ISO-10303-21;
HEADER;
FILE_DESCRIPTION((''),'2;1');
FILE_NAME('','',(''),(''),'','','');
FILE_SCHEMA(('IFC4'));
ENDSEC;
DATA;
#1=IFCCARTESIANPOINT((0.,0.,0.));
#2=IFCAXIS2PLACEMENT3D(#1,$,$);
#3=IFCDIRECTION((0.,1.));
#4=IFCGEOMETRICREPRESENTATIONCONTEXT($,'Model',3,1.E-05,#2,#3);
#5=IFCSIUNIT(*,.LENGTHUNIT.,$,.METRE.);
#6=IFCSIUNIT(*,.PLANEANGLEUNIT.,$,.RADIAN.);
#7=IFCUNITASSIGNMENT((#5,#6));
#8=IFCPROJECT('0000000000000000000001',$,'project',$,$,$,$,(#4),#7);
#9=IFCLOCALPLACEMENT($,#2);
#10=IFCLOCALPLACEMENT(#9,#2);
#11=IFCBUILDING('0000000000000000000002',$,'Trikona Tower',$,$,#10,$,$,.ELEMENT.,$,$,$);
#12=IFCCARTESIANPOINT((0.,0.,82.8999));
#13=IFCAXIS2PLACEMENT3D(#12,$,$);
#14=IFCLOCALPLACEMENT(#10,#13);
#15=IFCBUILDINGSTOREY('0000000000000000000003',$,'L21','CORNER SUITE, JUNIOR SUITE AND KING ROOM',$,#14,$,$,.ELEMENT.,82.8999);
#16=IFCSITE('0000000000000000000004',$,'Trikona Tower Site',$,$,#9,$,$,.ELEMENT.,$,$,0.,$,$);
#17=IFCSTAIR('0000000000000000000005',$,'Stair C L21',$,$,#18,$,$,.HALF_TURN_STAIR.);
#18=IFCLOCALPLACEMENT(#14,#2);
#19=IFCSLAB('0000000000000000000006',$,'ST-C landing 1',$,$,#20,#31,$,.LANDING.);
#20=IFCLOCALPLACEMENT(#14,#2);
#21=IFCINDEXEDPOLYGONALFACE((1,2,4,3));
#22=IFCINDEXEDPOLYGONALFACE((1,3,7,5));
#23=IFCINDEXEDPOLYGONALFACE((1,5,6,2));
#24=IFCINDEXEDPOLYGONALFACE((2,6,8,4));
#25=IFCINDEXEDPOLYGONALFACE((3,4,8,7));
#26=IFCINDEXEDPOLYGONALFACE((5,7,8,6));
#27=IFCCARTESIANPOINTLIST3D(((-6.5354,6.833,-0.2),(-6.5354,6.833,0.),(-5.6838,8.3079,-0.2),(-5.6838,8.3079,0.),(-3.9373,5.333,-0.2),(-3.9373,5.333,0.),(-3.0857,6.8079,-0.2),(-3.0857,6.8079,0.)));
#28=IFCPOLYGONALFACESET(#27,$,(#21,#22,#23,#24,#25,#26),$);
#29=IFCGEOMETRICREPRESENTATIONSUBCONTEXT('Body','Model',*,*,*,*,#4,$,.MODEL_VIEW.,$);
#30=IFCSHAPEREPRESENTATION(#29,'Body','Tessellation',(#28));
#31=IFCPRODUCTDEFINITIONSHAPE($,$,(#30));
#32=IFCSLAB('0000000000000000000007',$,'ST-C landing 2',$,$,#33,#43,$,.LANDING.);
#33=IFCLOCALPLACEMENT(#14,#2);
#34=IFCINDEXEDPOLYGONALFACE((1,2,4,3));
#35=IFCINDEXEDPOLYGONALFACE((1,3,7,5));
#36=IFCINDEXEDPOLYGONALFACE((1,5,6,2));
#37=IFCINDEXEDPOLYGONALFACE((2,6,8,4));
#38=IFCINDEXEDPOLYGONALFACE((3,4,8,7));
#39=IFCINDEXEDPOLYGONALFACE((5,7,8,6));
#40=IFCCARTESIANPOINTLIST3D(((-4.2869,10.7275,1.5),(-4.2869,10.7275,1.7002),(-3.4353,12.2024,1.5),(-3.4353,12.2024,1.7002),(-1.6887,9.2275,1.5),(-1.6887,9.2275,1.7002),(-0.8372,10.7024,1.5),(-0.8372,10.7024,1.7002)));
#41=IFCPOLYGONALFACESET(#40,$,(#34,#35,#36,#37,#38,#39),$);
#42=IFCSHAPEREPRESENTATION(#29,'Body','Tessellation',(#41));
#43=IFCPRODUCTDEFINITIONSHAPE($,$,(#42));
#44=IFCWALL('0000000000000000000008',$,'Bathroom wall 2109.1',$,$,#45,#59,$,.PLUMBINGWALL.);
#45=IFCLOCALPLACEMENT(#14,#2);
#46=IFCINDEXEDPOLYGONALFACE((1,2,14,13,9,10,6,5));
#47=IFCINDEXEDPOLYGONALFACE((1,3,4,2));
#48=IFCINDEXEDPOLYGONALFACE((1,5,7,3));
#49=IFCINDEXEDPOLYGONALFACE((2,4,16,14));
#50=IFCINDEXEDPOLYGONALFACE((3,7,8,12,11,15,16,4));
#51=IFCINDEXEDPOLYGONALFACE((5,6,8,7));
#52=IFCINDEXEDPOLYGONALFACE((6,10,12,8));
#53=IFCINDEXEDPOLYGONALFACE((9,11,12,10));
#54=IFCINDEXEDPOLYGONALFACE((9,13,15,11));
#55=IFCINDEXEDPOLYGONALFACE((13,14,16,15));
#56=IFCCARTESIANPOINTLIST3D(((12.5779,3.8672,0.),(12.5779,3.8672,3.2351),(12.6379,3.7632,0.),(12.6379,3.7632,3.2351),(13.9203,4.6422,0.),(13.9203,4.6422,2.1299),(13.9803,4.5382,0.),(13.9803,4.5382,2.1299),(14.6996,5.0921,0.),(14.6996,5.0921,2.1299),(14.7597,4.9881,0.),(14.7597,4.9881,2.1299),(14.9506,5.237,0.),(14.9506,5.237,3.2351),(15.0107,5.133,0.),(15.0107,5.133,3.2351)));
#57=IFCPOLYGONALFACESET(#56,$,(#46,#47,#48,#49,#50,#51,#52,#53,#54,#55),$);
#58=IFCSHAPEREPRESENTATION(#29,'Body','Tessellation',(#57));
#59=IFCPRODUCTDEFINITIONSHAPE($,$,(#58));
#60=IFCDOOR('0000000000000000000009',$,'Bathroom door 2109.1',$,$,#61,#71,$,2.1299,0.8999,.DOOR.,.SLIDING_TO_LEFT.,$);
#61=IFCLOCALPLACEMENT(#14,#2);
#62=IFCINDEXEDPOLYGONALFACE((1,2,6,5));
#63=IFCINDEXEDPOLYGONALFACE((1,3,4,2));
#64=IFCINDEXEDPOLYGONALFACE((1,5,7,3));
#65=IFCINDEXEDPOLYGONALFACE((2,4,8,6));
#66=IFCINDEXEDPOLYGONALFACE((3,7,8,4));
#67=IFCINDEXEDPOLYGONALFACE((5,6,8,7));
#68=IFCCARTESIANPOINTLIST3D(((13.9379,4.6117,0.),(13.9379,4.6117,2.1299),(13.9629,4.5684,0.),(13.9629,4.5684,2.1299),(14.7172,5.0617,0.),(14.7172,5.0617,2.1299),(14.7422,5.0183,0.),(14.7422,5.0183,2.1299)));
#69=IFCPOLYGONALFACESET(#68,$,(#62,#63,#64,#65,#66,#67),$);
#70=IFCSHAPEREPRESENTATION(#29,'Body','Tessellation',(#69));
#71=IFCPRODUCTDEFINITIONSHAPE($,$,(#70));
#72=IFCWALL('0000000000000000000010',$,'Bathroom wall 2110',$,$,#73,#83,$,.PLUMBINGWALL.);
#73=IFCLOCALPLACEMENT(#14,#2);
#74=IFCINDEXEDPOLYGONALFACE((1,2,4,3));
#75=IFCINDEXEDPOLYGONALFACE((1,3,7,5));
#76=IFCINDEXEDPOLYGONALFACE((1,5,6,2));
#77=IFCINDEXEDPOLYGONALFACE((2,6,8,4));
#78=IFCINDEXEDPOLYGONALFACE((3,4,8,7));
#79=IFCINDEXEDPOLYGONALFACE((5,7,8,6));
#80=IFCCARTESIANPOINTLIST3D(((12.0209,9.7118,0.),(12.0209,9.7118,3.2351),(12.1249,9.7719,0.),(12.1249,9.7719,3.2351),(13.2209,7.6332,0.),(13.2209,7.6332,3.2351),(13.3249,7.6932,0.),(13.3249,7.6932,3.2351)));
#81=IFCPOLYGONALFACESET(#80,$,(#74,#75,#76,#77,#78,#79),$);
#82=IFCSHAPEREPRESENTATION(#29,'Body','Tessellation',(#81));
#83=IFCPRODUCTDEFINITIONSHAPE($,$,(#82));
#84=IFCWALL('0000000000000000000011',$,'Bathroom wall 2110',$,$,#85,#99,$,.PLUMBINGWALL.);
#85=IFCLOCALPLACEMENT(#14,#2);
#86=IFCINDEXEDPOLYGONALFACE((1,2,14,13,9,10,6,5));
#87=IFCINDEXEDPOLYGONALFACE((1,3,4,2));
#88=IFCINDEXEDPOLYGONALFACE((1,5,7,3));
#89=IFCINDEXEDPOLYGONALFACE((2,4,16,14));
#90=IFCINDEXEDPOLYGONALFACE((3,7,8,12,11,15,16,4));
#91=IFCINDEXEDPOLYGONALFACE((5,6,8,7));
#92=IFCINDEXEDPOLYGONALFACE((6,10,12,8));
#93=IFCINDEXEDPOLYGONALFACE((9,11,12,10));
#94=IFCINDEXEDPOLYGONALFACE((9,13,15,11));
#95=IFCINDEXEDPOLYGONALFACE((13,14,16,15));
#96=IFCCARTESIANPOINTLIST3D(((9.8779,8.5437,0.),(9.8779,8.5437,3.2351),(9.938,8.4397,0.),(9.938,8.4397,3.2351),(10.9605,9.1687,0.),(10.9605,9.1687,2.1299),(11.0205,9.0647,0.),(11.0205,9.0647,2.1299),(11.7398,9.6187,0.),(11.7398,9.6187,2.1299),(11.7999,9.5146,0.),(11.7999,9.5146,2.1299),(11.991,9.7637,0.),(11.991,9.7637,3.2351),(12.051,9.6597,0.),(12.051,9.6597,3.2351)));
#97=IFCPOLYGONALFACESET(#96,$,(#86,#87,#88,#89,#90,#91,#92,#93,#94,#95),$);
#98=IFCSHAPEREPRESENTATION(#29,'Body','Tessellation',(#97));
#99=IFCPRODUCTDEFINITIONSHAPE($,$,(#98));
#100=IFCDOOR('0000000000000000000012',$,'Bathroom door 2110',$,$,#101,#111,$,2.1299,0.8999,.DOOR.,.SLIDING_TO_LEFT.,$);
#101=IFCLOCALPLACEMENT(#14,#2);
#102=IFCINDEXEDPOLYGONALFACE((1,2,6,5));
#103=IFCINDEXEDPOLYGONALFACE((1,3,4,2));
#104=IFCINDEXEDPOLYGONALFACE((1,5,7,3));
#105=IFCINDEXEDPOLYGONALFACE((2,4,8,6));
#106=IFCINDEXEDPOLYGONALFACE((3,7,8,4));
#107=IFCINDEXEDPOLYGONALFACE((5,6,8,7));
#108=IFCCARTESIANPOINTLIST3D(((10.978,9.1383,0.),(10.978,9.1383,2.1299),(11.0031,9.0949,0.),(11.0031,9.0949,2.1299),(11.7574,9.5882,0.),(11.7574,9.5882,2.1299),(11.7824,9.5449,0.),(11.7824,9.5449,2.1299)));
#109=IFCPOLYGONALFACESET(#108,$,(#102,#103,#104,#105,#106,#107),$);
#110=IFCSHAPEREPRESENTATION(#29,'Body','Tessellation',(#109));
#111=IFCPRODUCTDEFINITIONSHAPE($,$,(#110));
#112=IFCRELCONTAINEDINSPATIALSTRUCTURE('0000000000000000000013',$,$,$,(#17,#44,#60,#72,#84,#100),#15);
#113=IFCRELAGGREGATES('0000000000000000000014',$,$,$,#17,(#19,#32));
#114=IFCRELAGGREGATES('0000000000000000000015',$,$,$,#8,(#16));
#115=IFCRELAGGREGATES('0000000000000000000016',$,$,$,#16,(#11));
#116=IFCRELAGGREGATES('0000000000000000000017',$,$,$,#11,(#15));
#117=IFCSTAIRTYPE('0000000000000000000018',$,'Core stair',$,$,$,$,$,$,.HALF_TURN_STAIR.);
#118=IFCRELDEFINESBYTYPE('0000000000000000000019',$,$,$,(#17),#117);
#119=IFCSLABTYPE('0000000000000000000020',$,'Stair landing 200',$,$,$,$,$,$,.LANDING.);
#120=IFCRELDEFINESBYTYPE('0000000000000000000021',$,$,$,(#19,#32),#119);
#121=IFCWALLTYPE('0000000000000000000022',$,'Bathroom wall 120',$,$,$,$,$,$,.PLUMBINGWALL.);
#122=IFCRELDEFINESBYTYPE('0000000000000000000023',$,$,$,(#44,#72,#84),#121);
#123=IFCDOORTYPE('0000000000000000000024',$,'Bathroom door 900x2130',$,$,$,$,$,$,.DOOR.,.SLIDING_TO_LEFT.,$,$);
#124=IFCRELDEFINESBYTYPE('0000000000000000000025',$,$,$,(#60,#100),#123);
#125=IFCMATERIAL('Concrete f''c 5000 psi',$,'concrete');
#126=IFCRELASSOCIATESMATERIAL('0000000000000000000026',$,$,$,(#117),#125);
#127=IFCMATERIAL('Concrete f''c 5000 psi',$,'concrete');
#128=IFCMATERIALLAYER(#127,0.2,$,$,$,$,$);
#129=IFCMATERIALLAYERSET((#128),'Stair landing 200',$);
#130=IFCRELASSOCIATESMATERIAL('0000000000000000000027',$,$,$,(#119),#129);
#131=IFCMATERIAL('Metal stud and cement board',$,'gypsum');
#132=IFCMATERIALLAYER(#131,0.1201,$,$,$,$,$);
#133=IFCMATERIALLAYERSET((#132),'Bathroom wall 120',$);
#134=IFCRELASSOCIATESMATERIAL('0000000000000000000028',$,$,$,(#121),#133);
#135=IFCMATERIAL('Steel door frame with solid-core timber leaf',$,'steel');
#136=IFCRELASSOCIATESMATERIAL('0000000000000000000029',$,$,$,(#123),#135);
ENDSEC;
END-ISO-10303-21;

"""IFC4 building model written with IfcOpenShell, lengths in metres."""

from ifc_helpers import new_model, si_unit, direction, frame, frame_2d, origin, place, context, subcontext, project, spatial, polyline, rectangle, outline, extrude, material, layer, layer_set, type_object, element, fill, aggregate, save


model = new_model("IFC4")

# Units and contexts
model_context = context("Model", 3, precision=1e-05, world=origin(), true_north=direction((0.0, 1.0)))
body_context = subcontext(model_context, "Body", "Model", "MODEL_VIEW")
ifc_project = project(units=[si_unit("LENGTHUNIT", "METRE"), si_unit("PLANEANGLEUNIT", "RADIAN")], contexts=[model_context])

# Site, building, storey
site_placement = place(None, origin())
site = spatial("IfcSite", under=ifc_project, at=site_placement, Name="Trikona Tower Site", CompositionType="ELEMENT", RefElevation=0.0)
building_placement = place(site_placement, origin())
building = spatial("IfcBuilding", under=site, at=building_placement, Name="Trikona Tower", CompositionType="ELEMENT")
storey_placement = place(building_placement, frame((0.0, 0.0, 82.8999)))
storey = spatial("IfcBuildingStorey", under=building, at=storey_placement, Name="L21", Description="CORNER SUITE, JUNIOR SUITE AND KING ROOM", CompositionType="ELEMENT", Elevation=82.8999)

# Stair, slabs
ifc_material_1 = material(Name="Concrete f'c 5000 psi", Category="concrete")
stair_type = type_object("IfcStairType", Name="Core stair", PredefinedType="HALF_TURN_STAIR", material=ifc_material_1)
ifc_material_2 = material(Name="Concrete f'c 5000 psi", Category="concrete")
ifc_layer_1 = layer(ifc_material_2, 0.2)
ifc_layer_set_1 = layer_set([ifc_layer_1], Name="Stair landing 200")
slab_type_1 = type_object("IfcSlabType", Name="Stair landing 200", PredefinedType="LANDING", material=ifc_layer_set_1)
stair_1_placement = place(storey_placement, origin())
stair_1 = element("IfcStair", 1, at=stair_1_placement, inside=storey, type_object=stair_type, Name="Stair C L21", PredefinedType="HALF_TURN_STAIR")
slab_1_placement = place(storey_placement, frame((0.0, 0.0, -0.2)))
slab_1 = element("IfcSlab", 2, at=slab_1_placement, type_object=slab_type_1, Name="ST-C landing 1", PredefinedType="LANDING", context=body_context, shape_type="SweptSolid", body=[
    extrude(outline(polyline([(-3.0857, 6.8079), (-3.9373, 5.333), (-6.5354, 6.833), (-5.6838, 8.3079), (-3.0857, 6.8079)])), origin(), (0.0, 0.0, 1.0), 0.2),
])
slab_2_placement = place(storey_placement, frame((0.0, 0.0, 1.5)))
slab_2 = element("IfcSlab", 3, at=slab_2_placement, type_object=slab_type_1, Name="ST-C landing 2", PredefinedType="LANDING", context=body_context, shape_type="SweptSolid", body=[
    extrude(outline(polyline([(-0.8372, 10.7024), (-1.6887, 9.2275), (-4.2869, 10.7275), (-3.4353, 12.2024), (-0.8372, 10.7024)])), origin(), (0.0, 0.0, 1.0), 0.2002),
])
aggregate(stair_1, [slab_1, slab_2])

# Wall, opening, door
ifc_material_3 = material(Name="Metal stud and cement board", Category="gypsum")
ifc_layer_2 = layer(ifc_material_3, 0.1201)
ifc_layer_set_2 = layer_set([ifc_layer_2], Name="Bathroom wall 120")
wall_type_1 = type_object("IfcWallType", Name="Bathroom wall 120", PredefinedType="PLUMBINGWALL", material=ifc_layer_set_2)
wall_1_placement = place(storey_placement, frame((12.6079, 3.8152, 0.0), z_axis=(0.0, 0.0, 1.0), x_axis=(0.866036, 0.499982, 0.0)))
wall_1 = element("IfcWall", 4, at=wall_1_placement, inside=storey, type_object=wall_type_1, Name="Bathroom wall 2109.1", PredefinedType="PLUMBINGWALL", context=body_context, shape_type="SweptSolid", body=[
    extrude(rectangle(XDim=2.7397, YDim=0.1201, at=frame_2d((1.3699, 0.0))), origin(), (0.0, 0.0, 1.0), 3.2351),
])
opening_1_placement = place(wall_1_placement, frame((1.55, 0.0, 0.0)))
opening_1 = element("IfcOpeningElement", 5, at=opening_1_placement, cuts=wall_1, PredefinedType="OPENING", context=body_context, shape_type="SweptSolid", body=[
    extrude(rectangle(XDim=0.8999, YDim=2.1299, at=frame_2d((0.45, 1.0649))), frame((0.0, 0.0701, 0.0), z_axis=(0.0, -1.0, 0.0), x_axis=(1.0, 0.0, 0.0)), (0.0, 0.0, 1.0), 0.1401),
])
ifc_material_4 = material(Name="Steel door frame with solid-core timber leaf", Category="steel")
door_type_1 = type_object("IfcDoorType", Name="Bathroom door 900x2130", OperationType="SLIDING_TO_LEFT", PredefinedType="DOOR", material=ifc_material_4)
door_1_placement = place(opening_1_placement, origin())
door_1 = element("IfcDoor", 6, at=door_1_placement, inside=storey, type_object=door_type_1, Name="Bathroom door 2109.1", OperationType="SLIDING_TO_LEFT", OverallHeight=2.1299, OverallWidth=0.8999, PredefinedType="DOOR", context=body_context, shape_type="SweptSolid", body=[
    extrude(rectangle(XDim=0.8999, YDim=2.1299, at=frame_2d((0.45, 1.0649))), frame((0.0, 0.0249, 0.0), z_axis=(0.0, -1.0, 0.0), x_axis=(1.0, 0.0, 0.0)), (0.0, 0.0, 1.0), 0.05),
])
fill(opening_1, door_1)

# Wall
wall_2_placement = place(storey_placement, frame((13.2729, 7.6631, 0.0), z_axis=(0.0, 0.0, 1.0), x_axis=(-0.499957, 0.86605, 0.0)))
element("IfcWall", 7, at=wall_2_placement, inside=storey, type_object=wall_type_1, Name="Bathroom wall 2110", PredefinedType="PLUMBINGWALL", context=body_context, shape_type="SweptSolid", body=[
    extrude(rectangle(XDim=2.4001, YDim=0.1201, at=frame_2d((1.2002, 0.0))), origin(), (0.0, 0.0, 1.0), 3.2351),
])

# Wall, opening, door
wall_3_placement = place(storey_placement, frame((9.908, 8.4917, 0.0), z_axis=(0.0, 0.0, 1.0), x_axis=(0.866024, 0.500003, 0.0)))
wall_3 = element("IfcWall", 8, at=wall_3_placement, inside=storey, type_object=wall_type_1, Name="Bathroom wall 2110", PredefinedType="PLUMBINGWALL", context=body_context, shape_type="SweptSolid", body=[
    extrude(rectangle(XDim=2.4399, YDim=0.1201, at=frame_2d((1.22, 0.0))), origin(), (0.0, 0.0, 1.0), 3.2351),
])
opening_2_placement = place(wall_3_placement, frame((1.25, 0.0, 0.0)))
opening_2 = element("IfcOpeningElement", 9, at=opening_2_placement, cuts=wall_3, PredefinedType="OPENING", context=body_context, shape_type="SweptSolid", body=[
    extrude(rectangle(XDim=0.8999, YDim=2.1299, at=frame_2d((0.45, 1.0649))), frame((0.0, 0.0701, 0.0), z_axis=(0.0, -1.0, 0.0), x_axis=(1.0, 0.0, 0.0)), (0.0, 0.0, 1.0), 0.1401),
])
door_2_placement = place(opening_2_placement, origin())
door_2 = element("IfcDoor", 10, at=door_2_placement, inside=storey, type_object=door_type_1, Name="Bathroom door 2110", OperationType="SLIDING_TO_LEFT", OverallHeight=2.1299, OverallWidth=0.8999, PredefinedType="DOOR", context=body_context, shape_type="SweptSolid", body=[
    extrude(rectangle(XDim=0.8999, YDim=2.1299, at=frame_2d((0.45, 1.0649))), frame((0.0, 0.0249, 0.0), z_axis=(0.0, -1.0, 0.0), x_axis=(1.0, 0.0, 0.0)), (0.0, 0.0, 1.0), 0.05),
])
fill(opening_2, door_2)

save(model, "model.ifc")
